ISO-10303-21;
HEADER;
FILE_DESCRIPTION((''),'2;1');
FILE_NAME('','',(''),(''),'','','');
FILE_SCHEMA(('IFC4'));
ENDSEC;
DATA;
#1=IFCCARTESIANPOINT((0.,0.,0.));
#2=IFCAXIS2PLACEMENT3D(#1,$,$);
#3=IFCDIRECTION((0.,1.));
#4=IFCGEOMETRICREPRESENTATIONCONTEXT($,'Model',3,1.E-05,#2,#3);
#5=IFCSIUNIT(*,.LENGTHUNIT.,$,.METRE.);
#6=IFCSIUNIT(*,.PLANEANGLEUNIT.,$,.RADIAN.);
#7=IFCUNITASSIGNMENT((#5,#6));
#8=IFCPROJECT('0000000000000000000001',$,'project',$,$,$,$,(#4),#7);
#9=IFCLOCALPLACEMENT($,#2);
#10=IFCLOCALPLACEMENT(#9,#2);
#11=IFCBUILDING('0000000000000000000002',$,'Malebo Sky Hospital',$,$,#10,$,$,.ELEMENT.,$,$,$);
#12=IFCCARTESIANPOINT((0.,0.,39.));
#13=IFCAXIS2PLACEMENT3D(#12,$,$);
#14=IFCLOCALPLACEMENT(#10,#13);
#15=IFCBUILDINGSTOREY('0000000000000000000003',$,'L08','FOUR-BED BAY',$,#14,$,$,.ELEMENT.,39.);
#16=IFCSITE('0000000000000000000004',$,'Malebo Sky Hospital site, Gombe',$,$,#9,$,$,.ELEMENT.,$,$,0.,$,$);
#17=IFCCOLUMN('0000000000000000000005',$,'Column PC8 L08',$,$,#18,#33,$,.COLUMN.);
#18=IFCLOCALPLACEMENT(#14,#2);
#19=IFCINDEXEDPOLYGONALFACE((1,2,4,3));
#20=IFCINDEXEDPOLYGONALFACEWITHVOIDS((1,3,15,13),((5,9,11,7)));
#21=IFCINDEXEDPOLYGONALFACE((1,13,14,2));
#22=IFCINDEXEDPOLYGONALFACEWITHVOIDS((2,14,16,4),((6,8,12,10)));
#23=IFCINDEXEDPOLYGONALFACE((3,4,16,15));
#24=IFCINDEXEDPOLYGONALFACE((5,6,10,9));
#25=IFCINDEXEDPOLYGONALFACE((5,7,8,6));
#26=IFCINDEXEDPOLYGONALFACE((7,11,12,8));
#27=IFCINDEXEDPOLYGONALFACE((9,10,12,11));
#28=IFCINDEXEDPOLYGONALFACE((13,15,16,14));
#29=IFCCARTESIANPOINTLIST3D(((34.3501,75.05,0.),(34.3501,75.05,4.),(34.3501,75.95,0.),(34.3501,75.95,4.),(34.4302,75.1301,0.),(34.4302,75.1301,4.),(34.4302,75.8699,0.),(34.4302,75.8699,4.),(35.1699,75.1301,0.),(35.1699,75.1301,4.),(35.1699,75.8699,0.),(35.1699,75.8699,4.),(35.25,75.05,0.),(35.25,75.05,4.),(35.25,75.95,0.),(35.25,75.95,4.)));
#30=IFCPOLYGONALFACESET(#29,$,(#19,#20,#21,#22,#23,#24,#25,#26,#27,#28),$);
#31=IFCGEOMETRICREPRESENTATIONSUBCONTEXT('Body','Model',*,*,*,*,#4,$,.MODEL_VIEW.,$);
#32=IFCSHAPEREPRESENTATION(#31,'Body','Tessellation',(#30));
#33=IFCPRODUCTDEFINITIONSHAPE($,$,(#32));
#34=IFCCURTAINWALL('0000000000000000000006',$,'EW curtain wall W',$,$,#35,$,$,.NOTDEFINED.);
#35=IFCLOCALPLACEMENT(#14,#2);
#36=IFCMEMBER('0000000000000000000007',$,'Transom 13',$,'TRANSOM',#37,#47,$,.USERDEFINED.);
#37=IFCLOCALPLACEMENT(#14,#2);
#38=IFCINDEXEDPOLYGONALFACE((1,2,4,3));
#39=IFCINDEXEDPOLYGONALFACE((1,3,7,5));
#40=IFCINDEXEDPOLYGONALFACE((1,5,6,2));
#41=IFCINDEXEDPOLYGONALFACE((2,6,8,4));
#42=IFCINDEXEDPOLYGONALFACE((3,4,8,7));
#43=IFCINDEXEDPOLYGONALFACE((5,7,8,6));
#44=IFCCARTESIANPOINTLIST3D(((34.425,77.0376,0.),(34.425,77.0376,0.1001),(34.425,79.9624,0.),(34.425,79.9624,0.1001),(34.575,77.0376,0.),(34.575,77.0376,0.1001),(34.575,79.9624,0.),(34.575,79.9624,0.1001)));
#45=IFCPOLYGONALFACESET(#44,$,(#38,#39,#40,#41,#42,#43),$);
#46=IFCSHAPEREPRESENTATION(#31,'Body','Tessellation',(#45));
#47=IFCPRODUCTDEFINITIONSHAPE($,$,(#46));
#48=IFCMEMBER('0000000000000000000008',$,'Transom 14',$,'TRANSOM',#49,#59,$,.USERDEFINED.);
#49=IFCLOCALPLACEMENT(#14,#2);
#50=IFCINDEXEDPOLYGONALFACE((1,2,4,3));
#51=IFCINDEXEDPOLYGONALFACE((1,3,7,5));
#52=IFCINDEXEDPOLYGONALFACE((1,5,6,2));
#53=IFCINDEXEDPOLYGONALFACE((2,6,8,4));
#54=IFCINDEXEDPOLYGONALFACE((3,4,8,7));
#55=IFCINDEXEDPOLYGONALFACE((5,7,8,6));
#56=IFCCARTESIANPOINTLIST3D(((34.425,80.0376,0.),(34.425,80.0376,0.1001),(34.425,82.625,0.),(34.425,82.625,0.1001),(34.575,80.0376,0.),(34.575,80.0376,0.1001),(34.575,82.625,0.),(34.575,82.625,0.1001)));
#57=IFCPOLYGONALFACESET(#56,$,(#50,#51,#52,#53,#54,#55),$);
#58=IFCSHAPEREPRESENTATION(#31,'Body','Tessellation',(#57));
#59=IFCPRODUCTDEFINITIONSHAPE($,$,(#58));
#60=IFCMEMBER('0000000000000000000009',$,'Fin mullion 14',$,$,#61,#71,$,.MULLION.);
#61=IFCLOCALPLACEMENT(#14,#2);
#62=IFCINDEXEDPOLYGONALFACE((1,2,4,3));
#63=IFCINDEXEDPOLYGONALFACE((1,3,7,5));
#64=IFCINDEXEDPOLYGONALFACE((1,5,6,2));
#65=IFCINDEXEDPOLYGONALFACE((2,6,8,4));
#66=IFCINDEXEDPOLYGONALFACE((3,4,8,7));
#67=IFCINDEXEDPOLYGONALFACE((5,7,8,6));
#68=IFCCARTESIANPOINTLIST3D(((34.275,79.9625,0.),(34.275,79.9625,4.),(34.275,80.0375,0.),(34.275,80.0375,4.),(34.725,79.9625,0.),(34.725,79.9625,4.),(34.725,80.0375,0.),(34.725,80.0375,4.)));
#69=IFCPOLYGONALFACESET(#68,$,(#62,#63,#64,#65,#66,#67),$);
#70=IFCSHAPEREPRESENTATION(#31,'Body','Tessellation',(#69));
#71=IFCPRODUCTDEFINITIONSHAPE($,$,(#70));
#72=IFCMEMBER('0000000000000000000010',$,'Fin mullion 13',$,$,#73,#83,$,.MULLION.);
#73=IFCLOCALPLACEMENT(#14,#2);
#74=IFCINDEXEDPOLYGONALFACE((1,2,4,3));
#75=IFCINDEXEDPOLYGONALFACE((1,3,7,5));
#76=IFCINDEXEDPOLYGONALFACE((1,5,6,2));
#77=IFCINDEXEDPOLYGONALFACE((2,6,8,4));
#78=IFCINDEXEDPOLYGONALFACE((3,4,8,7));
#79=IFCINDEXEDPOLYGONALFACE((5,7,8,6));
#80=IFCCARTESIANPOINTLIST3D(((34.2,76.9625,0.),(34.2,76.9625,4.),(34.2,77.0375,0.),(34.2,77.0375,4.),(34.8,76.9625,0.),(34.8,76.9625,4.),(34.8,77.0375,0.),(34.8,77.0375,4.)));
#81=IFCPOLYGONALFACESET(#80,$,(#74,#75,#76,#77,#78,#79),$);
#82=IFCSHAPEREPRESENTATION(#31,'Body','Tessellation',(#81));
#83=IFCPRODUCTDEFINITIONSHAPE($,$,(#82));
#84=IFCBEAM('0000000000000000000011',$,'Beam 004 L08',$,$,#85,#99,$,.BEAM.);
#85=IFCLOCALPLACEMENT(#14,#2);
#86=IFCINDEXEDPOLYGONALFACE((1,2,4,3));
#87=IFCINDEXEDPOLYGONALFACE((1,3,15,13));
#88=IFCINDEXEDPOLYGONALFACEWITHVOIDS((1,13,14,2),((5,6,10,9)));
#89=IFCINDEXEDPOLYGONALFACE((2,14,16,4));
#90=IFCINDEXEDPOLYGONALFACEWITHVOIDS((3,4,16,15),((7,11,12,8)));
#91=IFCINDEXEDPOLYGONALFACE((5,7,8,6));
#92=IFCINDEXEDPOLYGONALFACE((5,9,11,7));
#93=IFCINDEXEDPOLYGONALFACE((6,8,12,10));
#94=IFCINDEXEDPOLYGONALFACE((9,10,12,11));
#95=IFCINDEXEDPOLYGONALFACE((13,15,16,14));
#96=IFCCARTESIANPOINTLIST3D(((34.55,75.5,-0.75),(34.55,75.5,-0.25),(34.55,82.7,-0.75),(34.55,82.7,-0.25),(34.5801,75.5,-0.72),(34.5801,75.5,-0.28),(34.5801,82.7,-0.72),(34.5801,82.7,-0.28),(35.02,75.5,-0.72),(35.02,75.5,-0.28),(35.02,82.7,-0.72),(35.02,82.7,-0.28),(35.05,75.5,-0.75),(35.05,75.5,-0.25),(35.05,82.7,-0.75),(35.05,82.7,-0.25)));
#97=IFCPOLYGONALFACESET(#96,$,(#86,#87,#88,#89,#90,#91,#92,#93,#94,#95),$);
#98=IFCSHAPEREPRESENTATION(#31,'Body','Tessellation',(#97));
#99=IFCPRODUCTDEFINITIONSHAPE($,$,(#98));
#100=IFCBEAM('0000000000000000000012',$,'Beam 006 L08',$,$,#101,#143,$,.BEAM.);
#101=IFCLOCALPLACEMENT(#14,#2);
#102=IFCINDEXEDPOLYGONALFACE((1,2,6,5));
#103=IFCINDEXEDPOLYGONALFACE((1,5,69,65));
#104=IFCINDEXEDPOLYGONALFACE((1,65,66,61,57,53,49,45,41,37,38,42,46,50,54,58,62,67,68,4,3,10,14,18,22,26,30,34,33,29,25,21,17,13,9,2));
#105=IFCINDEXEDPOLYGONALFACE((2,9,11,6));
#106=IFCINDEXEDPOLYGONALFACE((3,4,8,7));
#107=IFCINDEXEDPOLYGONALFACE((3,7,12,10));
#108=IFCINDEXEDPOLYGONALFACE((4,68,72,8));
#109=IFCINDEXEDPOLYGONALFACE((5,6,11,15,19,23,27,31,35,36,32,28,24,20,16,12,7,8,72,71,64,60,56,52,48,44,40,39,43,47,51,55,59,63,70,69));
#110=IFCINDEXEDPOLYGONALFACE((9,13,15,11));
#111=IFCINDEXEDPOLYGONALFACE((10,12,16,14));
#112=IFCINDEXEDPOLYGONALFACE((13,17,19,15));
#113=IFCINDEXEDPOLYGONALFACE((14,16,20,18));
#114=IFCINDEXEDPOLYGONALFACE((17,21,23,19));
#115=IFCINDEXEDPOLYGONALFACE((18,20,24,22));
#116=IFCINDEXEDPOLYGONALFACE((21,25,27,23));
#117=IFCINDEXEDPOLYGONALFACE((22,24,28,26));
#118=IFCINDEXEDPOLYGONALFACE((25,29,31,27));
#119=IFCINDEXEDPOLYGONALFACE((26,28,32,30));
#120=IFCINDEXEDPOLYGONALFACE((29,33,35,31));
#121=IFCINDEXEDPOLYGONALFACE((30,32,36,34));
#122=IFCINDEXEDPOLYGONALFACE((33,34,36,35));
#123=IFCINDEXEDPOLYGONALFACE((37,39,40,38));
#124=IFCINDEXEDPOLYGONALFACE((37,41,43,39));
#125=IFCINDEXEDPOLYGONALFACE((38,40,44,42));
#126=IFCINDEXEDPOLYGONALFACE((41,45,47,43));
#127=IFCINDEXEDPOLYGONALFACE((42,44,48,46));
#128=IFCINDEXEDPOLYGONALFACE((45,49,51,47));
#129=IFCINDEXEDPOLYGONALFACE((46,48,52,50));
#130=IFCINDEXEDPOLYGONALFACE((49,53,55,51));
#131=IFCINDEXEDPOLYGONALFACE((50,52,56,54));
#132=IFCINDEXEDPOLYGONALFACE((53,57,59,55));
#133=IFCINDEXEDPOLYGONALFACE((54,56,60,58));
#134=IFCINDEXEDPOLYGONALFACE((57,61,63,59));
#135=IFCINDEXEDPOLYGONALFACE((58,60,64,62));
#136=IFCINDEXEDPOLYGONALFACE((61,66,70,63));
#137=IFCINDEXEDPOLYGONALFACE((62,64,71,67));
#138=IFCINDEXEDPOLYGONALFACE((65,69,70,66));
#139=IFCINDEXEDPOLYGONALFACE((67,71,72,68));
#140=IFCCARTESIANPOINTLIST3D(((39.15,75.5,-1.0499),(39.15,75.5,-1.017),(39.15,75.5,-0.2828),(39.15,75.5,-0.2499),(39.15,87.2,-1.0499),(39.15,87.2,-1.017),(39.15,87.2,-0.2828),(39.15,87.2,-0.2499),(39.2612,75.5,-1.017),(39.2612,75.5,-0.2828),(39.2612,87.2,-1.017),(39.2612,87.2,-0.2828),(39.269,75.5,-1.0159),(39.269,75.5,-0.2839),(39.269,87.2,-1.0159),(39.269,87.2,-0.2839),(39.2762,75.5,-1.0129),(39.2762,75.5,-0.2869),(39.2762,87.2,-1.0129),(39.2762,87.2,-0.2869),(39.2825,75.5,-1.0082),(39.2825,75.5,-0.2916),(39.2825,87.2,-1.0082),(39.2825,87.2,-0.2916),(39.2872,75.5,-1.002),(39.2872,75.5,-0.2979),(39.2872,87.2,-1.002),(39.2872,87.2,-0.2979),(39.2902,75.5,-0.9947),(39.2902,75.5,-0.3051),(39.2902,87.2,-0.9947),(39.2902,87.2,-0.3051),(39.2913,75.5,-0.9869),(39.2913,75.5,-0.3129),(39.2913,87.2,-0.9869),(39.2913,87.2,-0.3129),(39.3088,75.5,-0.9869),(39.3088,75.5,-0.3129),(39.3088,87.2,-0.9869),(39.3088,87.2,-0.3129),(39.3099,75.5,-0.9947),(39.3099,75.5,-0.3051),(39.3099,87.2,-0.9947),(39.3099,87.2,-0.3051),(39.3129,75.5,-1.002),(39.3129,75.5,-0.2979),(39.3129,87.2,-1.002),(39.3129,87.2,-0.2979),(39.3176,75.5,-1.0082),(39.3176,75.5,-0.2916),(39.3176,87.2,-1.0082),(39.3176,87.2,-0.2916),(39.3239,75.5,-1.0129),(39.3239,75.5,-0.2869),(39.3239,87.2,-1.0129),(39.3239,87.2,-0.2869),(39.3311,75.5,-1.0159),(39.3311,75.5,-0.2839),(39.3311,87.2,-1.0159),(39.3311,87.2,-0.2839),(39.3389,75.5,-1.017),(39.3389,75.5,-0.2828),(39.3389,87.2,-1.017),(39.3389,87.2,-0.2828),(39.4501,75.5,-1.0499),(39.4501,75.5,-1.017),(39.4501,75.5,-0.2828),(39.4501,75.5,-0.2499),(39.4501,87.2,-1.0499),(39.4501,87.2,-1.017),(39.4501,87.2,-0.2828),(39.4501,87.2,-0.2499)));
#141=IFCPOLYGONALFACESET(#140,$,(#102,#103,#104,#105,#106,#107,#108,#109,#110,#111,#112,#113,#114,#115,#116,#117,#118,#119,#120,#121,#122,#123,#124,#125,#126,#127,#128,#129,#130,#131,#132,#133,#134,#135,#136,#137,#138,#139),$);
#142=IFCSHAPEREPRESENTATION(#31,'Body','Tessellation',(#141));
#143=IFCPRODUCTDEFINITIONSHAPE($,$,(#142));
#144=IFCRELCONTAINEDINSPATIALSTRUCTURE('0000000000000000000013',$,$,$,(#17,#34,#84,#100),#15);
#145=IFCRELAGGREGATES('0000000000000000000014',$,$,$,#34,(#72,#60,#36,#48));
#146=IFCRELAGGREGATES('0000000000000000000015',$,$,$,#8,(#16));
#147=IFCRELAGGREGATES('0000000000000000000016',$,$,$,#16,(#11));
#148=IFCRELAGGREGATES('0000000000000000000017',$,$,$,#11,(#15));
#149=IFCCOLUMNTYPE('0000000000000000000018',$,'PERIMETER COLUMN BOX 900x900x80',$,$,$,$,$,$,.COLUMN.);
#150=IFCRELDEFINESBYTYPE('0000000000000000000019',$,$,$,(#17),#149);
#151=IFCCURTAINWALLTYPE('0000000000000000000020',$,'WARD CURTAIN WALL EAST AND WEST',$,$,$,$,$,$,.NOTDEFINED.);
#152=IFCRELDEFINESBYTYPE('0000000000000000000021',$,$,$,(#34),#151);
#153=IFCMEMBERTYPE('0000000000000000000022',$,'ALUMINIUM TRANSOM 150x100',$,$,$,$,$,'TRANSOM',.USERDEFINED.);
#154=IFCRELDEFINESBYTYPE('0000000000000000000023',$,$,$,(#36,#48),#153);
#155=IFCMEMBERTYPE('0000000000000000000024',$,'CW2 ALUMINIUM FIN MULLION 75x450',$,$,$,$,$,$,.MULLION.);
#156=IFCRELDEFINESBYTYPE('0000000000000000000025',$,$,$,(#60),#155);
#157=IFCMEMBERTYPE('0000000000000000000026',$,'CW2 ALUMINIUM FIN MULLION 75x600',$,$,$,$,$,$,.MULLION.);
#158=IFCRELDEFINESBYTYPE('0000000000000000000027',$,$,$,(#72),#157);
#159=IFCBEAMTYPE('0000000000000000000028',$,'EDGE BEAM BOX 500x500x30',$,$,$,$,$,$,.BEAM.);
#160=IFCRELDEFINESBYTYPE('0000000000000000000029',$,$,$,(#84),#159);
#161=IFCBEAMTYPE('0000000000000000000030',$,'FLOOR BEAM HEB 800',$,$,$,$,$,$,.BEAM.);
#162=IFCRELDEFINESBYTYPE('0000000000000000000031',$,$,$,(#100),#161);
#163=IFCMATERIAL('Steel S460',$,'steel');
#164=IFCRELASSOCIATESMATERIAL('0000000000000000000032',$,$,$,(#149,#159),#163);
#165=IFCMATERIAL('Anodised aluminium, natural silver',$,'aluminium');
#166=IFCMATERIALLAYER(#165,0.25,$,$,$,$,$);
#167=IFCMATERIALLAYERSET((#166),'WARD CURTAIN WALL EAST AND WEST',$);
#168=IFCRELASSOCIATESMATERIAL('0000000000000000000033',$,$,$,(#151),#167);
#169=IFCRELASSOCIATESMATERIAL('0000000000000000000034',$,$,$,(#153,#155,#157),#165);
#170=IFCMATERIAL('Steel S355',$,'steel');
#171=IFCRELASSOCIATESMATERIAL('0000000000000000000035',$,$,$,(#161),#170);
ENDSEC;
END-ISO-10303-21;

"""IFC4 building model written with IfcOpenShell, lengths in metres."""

from ifc_helpers import new_model, si_unit, direction, frame, origin, origin_2d, place, context, subcontext, project, spatial, rectangle, hollow_rectangle, i_section, extrude, material, layer, layer_set, material_profile, profile_set, type_object, element, aggregate, save


model = new_model("IFC4")

# Units and contexts
model_context = context("Model", 3, precision=1e-05, world=origin(), true_north=direction((0.0, 1.0)))
body_context = subcontext(model_context, "Body", "Model", "MODEL_VIEW")
ifc_project = project(units=[si_unit("LENGTHUNIT", "METRE"), si_unit("PLANEANGLEUNIT", "RADIAN")], contexts=[model_context])

# Site, building, storey
site_placement = place(None, origin())
site = spatial("IfcSite", under=ifc_project, at=site_placement, Name="Malebo Sky Hospital site, Gombe", CompositionType="ELEMENT", RefElevation=0.0)
building_placement = place(site_placement, origin())
building = spatial("IfcBuilding", under=site, at=building_placement, Name="Malebo Sky Hospital", CompositionType="ELEMENT")
storey_placement = place(building_placement, frame((0.0, 0.0, 39.0)))
storey = spatial("IfcBuildingStorey", under=building, at=storey_placement, Name="L08", Description="FOUR-BED BAY", CompositionType="ELEMENT", Elevation=39.0)

# Column
ifc_material_1 = material(Name="Steel S460", Category="steel")
ifc_material_profile_1 = material_profile(ifc_material_1, hollow_rectangle(XDim=0.8999, YDim=0.8999, WallThickness=0.0801, at=origin_2d()), Name="BOX 900x900x80")
ifc_profile_set_1 = profile_set([ifc_material_profile_1], Name="Steel S460")
column_type = type_object("IfcColumnType", Name="PERIMETER COLUMN BOX 900x900x80", PredefinedType="COLUMN", material=ifc_profile_set_1)
column_placement = place(storey_placement, frame((34.8, 75.5, 0.0), z_axis=(0.0, 0.0, 1.0), x_axis=(1.0, 0.0, 0.0)))
element("IfcColumn", 1, at=column_placement, inside=storey, type_object=column_type, Name="Column PC8 L08", PredefinedType="COLUMN", context=body_context, shape_type="SweptSolid", body=[
    extrude(hollow_rectangle(XDim=0.8999, YDim=0.8999, WallThickness=0.0801, at=origin_2d()), origin(), (0.0, 0.0, 1.0), 4.0),
])

# Curtain wall, members
ifc_material_2 = material(Name="Anodised aluminium, natural silver", Category="aluminium")
ifc_layer_1 = layer(ifc_material_2, 0.25)
ifc_layer_set_1 = layer_set([ifc_layer_1], Name="WARD CURTAIN WALL EAST AND WEST")
curtain_wall_type = type_object("IfcCurtainWallType", Name="WARD CURTAIN WALL EAST AND WEST", PredefinedType="NOTDEFINED", material=ifc_layer_set_1)
curtain_wall_placement = place(storey_placement, origin())
curtain_wall = element("IfcCurtainWall", 2, at=curtain_wall_placement, inside=storey, type_object=curtain_wall_type, Name="EW curtain wall W", PredefinedType="NOTDEFINED")
ifc_material_profile_2 = material_profile(ifc_material_2, rectangle(XDim=0.1499, YDim=0.1001, at=origin_2d()), Name="ALUMINIUM TRANSOM 150x100")
ifc_profile_set_2 = profile_set([ifc_material_profile_2], Name="Anodised aluminium, natural silver")
member_type_1 = type_object("IfcMemberType", Name="ALUMINIUM TRANSOM 150x100", ElementType="TRANSOM", PredefinedType="USERDEFINED", material=ifc_profile_set_2)
member_1_placement = place(storey_placement, frame((34.5, 77.0376, 0.05), z_axis=(0.0, 1.0, 0.0), x_axis=(-1.0, 0.0, 0.0)))
member_1 = element("IfcMember", 3, at=member_1_placement, type_object=member_type_1, Name="Transom 13", ObjectType="TRANSOM", PredefinedType="USERDEFINED", context=body_context, shape_type="SweptSolid", body=[
    extrude(rectangle(XDim=0.1499, YDim=0.1001, at=origin_2d()), origin(), (0.0, 0.0, 1.0), 2.9248),
])
member_2_placement = place(storey_placement, frame((34.5, 80.0376, 0.05), z_axis=(0.0, 1.0, 0.0), x_axis=(-1.0, 0.0, 0.0)))
member_2 = element("IfcMember", 4, at=member_2_placement, type_object=member_type_1, Name="Transom 14", ObjectType="TRANSOM", PredefinedType="USERDEFINED", context=body_context, shape_type="SweptSolid", body=[
    extrude(rectangle(XDim=0.1499, YDim=0.1001, at=origin_2d()), origin(), (0.0, 0.0, 1.0), 2.5874),
])
ifc_material_profile_3 = material_profile(ifc_material_2, rectangle(XDim=0.075, YDim=0.45, at=origin_2d()), Name="CW2 ALUMINIUM FIN MULLION 75x450")
ifc_profile_set_3 = profile_set([ifc_material_profile_3], Name="Anodised aluminium, natural silver")
member_type_2 = type_object("IfcMemberType", Name="CW2 ALUMINIUM FIN MULLION 75x450", PredefinedType="MULLION", material=ifc_profile_set_3)
member_3_placement = place(storey_placement, frame((34.5, 80.0, 0.0), z_axis=(0.0, 0.0, 1.0), x_axis=(0.0, 1.0, 0.0)))
member_3 = element("IfcMember", 5, at=member_3_placement, type_object=member_type_2, Name="Fin mullion 14", PredefinedType="MULLION", context=body_context, shape_type="SweptSolid", body=[
    extrude(rectangle(XDim=0.075, YDim=0.45, at=origin_2d()), origin(), (0.0, 0.0, 1.0), 4.0),
])
ifc_material_profile_4 = material_profile(ifc_material_2, rectangle(XDim=0.075, YDim=0.6001, at=origin_2d()), Name="CW2 ALUMINIUM FIN MULLION 75x600")
ifc_profile_set_4 = profile_set([ifc_material_profile_4], Name="Anodised aluminium, natural silver")
member_type_3 = type_object("IfcMemberType", Name="CW2 ALUMINIUM FIN MULLION 75x600", PredefinedType="MULLION", material=ifc_profile_set_4)
member_4_placement = place(storey_placement, frame((34.5, 77.0, 0.0), z_axis=(0.0, 0.0, 1.0), x_axis=(0.0, 1.0, 0.0)))
member_4 = element("IfcMember", 6, at=member_4_placement, type_object=member_type_3, Name="Fin mullion 13", PredefinedType="MULLION", context=body_context, shape_type="SweptSolid", body=[
    extrude(rectangle(XDim=0.075, YDim=0.6001, at=origin_2d()), origin(), (0.0, 0.0, 1.0), 4.0),
])

# Beams
ifc_material_profile_5 = material_profile(ifc_material_1, hollow_rectangle(XDim=0.5, YDim=0.5, WallThickness=0.03, at=origin_2d()), Name="BOX 500x500x30")
ifc_profile_set_5 = profile_set([ifc_material_profile_5], Name="Steel S460")
beam_type_1 = type_object("IfcBeamType", Name="EDGE BEAM BOX 500x500x30", PredefinedType="BEAM", material=ifc_profile_set_5)
beam_1_placement = place(storey_placement, frame((34.8, 75.5, -0.5), z_axis=(0.0, 1.0, 0.0), x_axis=(-1.0, 0.0, 0.0)))
element("IfcBeam", 7, at=beam_1_placement, inside=storey, type_object=beam_type_1, Name="Beam 004 L08", PredefinedType="BEAM", context=body_context, shape_type="SweptSolid", body=[
    extrude(hollow_rectangle(XDim=0.5, YDim=0.5, WallThickness=0.03, at=origin_2d()), origin(), (0.0, 0.0, 1.0), 7.2),
])
ifc_material_3 = material(Name="Steel S355", Category="steel")
ifc_material_profile_6 = material_profile(ifc_material_3, i_section(OverallWidth=0.3, OverallDepth=0.8, WebThickness=0.0176, FlangeThickness=0.033, FilletRadius=0.03, at=origin_2d()), Name="HEB 800")
ifc_profile_set_6 = profile_set([ifc_material_profile_6], Name="Steel S355")
beam_type_2 = type_object("IfcBeamType", Name="FLOOR BEAM HEB 800", PredefinedType="BEAM", material=ifc_profile_set_6)
beam_2_placement = place(storey_placement, frame((39.3, 75.5, -0.6499), z_axis=(0.0, 1.0, 0.0), x_axis=(-1.0, 0.0, 0.0)))
element("IfcBeam", 8, at=beam_2_placement, inside=storey, type_object=beam_type_2, Name="Beam 006 L08", PredefinedType="BEAM", context=body_context, shape_type="SweptSolid", body=[
    extrude(i_section(OverallWidth=0.3, OverallDepth=0.8, WebThickness=0.0176, FlangeThickness=0.033, FilletRadius=0.03, at=origin_2d()), origin(), (0.0, 0.0, 1.0), 11.7),
])

aggregate(curtain_wall, [member_4, member_3, member_1, member_2])

save(model, "model.ifc")
